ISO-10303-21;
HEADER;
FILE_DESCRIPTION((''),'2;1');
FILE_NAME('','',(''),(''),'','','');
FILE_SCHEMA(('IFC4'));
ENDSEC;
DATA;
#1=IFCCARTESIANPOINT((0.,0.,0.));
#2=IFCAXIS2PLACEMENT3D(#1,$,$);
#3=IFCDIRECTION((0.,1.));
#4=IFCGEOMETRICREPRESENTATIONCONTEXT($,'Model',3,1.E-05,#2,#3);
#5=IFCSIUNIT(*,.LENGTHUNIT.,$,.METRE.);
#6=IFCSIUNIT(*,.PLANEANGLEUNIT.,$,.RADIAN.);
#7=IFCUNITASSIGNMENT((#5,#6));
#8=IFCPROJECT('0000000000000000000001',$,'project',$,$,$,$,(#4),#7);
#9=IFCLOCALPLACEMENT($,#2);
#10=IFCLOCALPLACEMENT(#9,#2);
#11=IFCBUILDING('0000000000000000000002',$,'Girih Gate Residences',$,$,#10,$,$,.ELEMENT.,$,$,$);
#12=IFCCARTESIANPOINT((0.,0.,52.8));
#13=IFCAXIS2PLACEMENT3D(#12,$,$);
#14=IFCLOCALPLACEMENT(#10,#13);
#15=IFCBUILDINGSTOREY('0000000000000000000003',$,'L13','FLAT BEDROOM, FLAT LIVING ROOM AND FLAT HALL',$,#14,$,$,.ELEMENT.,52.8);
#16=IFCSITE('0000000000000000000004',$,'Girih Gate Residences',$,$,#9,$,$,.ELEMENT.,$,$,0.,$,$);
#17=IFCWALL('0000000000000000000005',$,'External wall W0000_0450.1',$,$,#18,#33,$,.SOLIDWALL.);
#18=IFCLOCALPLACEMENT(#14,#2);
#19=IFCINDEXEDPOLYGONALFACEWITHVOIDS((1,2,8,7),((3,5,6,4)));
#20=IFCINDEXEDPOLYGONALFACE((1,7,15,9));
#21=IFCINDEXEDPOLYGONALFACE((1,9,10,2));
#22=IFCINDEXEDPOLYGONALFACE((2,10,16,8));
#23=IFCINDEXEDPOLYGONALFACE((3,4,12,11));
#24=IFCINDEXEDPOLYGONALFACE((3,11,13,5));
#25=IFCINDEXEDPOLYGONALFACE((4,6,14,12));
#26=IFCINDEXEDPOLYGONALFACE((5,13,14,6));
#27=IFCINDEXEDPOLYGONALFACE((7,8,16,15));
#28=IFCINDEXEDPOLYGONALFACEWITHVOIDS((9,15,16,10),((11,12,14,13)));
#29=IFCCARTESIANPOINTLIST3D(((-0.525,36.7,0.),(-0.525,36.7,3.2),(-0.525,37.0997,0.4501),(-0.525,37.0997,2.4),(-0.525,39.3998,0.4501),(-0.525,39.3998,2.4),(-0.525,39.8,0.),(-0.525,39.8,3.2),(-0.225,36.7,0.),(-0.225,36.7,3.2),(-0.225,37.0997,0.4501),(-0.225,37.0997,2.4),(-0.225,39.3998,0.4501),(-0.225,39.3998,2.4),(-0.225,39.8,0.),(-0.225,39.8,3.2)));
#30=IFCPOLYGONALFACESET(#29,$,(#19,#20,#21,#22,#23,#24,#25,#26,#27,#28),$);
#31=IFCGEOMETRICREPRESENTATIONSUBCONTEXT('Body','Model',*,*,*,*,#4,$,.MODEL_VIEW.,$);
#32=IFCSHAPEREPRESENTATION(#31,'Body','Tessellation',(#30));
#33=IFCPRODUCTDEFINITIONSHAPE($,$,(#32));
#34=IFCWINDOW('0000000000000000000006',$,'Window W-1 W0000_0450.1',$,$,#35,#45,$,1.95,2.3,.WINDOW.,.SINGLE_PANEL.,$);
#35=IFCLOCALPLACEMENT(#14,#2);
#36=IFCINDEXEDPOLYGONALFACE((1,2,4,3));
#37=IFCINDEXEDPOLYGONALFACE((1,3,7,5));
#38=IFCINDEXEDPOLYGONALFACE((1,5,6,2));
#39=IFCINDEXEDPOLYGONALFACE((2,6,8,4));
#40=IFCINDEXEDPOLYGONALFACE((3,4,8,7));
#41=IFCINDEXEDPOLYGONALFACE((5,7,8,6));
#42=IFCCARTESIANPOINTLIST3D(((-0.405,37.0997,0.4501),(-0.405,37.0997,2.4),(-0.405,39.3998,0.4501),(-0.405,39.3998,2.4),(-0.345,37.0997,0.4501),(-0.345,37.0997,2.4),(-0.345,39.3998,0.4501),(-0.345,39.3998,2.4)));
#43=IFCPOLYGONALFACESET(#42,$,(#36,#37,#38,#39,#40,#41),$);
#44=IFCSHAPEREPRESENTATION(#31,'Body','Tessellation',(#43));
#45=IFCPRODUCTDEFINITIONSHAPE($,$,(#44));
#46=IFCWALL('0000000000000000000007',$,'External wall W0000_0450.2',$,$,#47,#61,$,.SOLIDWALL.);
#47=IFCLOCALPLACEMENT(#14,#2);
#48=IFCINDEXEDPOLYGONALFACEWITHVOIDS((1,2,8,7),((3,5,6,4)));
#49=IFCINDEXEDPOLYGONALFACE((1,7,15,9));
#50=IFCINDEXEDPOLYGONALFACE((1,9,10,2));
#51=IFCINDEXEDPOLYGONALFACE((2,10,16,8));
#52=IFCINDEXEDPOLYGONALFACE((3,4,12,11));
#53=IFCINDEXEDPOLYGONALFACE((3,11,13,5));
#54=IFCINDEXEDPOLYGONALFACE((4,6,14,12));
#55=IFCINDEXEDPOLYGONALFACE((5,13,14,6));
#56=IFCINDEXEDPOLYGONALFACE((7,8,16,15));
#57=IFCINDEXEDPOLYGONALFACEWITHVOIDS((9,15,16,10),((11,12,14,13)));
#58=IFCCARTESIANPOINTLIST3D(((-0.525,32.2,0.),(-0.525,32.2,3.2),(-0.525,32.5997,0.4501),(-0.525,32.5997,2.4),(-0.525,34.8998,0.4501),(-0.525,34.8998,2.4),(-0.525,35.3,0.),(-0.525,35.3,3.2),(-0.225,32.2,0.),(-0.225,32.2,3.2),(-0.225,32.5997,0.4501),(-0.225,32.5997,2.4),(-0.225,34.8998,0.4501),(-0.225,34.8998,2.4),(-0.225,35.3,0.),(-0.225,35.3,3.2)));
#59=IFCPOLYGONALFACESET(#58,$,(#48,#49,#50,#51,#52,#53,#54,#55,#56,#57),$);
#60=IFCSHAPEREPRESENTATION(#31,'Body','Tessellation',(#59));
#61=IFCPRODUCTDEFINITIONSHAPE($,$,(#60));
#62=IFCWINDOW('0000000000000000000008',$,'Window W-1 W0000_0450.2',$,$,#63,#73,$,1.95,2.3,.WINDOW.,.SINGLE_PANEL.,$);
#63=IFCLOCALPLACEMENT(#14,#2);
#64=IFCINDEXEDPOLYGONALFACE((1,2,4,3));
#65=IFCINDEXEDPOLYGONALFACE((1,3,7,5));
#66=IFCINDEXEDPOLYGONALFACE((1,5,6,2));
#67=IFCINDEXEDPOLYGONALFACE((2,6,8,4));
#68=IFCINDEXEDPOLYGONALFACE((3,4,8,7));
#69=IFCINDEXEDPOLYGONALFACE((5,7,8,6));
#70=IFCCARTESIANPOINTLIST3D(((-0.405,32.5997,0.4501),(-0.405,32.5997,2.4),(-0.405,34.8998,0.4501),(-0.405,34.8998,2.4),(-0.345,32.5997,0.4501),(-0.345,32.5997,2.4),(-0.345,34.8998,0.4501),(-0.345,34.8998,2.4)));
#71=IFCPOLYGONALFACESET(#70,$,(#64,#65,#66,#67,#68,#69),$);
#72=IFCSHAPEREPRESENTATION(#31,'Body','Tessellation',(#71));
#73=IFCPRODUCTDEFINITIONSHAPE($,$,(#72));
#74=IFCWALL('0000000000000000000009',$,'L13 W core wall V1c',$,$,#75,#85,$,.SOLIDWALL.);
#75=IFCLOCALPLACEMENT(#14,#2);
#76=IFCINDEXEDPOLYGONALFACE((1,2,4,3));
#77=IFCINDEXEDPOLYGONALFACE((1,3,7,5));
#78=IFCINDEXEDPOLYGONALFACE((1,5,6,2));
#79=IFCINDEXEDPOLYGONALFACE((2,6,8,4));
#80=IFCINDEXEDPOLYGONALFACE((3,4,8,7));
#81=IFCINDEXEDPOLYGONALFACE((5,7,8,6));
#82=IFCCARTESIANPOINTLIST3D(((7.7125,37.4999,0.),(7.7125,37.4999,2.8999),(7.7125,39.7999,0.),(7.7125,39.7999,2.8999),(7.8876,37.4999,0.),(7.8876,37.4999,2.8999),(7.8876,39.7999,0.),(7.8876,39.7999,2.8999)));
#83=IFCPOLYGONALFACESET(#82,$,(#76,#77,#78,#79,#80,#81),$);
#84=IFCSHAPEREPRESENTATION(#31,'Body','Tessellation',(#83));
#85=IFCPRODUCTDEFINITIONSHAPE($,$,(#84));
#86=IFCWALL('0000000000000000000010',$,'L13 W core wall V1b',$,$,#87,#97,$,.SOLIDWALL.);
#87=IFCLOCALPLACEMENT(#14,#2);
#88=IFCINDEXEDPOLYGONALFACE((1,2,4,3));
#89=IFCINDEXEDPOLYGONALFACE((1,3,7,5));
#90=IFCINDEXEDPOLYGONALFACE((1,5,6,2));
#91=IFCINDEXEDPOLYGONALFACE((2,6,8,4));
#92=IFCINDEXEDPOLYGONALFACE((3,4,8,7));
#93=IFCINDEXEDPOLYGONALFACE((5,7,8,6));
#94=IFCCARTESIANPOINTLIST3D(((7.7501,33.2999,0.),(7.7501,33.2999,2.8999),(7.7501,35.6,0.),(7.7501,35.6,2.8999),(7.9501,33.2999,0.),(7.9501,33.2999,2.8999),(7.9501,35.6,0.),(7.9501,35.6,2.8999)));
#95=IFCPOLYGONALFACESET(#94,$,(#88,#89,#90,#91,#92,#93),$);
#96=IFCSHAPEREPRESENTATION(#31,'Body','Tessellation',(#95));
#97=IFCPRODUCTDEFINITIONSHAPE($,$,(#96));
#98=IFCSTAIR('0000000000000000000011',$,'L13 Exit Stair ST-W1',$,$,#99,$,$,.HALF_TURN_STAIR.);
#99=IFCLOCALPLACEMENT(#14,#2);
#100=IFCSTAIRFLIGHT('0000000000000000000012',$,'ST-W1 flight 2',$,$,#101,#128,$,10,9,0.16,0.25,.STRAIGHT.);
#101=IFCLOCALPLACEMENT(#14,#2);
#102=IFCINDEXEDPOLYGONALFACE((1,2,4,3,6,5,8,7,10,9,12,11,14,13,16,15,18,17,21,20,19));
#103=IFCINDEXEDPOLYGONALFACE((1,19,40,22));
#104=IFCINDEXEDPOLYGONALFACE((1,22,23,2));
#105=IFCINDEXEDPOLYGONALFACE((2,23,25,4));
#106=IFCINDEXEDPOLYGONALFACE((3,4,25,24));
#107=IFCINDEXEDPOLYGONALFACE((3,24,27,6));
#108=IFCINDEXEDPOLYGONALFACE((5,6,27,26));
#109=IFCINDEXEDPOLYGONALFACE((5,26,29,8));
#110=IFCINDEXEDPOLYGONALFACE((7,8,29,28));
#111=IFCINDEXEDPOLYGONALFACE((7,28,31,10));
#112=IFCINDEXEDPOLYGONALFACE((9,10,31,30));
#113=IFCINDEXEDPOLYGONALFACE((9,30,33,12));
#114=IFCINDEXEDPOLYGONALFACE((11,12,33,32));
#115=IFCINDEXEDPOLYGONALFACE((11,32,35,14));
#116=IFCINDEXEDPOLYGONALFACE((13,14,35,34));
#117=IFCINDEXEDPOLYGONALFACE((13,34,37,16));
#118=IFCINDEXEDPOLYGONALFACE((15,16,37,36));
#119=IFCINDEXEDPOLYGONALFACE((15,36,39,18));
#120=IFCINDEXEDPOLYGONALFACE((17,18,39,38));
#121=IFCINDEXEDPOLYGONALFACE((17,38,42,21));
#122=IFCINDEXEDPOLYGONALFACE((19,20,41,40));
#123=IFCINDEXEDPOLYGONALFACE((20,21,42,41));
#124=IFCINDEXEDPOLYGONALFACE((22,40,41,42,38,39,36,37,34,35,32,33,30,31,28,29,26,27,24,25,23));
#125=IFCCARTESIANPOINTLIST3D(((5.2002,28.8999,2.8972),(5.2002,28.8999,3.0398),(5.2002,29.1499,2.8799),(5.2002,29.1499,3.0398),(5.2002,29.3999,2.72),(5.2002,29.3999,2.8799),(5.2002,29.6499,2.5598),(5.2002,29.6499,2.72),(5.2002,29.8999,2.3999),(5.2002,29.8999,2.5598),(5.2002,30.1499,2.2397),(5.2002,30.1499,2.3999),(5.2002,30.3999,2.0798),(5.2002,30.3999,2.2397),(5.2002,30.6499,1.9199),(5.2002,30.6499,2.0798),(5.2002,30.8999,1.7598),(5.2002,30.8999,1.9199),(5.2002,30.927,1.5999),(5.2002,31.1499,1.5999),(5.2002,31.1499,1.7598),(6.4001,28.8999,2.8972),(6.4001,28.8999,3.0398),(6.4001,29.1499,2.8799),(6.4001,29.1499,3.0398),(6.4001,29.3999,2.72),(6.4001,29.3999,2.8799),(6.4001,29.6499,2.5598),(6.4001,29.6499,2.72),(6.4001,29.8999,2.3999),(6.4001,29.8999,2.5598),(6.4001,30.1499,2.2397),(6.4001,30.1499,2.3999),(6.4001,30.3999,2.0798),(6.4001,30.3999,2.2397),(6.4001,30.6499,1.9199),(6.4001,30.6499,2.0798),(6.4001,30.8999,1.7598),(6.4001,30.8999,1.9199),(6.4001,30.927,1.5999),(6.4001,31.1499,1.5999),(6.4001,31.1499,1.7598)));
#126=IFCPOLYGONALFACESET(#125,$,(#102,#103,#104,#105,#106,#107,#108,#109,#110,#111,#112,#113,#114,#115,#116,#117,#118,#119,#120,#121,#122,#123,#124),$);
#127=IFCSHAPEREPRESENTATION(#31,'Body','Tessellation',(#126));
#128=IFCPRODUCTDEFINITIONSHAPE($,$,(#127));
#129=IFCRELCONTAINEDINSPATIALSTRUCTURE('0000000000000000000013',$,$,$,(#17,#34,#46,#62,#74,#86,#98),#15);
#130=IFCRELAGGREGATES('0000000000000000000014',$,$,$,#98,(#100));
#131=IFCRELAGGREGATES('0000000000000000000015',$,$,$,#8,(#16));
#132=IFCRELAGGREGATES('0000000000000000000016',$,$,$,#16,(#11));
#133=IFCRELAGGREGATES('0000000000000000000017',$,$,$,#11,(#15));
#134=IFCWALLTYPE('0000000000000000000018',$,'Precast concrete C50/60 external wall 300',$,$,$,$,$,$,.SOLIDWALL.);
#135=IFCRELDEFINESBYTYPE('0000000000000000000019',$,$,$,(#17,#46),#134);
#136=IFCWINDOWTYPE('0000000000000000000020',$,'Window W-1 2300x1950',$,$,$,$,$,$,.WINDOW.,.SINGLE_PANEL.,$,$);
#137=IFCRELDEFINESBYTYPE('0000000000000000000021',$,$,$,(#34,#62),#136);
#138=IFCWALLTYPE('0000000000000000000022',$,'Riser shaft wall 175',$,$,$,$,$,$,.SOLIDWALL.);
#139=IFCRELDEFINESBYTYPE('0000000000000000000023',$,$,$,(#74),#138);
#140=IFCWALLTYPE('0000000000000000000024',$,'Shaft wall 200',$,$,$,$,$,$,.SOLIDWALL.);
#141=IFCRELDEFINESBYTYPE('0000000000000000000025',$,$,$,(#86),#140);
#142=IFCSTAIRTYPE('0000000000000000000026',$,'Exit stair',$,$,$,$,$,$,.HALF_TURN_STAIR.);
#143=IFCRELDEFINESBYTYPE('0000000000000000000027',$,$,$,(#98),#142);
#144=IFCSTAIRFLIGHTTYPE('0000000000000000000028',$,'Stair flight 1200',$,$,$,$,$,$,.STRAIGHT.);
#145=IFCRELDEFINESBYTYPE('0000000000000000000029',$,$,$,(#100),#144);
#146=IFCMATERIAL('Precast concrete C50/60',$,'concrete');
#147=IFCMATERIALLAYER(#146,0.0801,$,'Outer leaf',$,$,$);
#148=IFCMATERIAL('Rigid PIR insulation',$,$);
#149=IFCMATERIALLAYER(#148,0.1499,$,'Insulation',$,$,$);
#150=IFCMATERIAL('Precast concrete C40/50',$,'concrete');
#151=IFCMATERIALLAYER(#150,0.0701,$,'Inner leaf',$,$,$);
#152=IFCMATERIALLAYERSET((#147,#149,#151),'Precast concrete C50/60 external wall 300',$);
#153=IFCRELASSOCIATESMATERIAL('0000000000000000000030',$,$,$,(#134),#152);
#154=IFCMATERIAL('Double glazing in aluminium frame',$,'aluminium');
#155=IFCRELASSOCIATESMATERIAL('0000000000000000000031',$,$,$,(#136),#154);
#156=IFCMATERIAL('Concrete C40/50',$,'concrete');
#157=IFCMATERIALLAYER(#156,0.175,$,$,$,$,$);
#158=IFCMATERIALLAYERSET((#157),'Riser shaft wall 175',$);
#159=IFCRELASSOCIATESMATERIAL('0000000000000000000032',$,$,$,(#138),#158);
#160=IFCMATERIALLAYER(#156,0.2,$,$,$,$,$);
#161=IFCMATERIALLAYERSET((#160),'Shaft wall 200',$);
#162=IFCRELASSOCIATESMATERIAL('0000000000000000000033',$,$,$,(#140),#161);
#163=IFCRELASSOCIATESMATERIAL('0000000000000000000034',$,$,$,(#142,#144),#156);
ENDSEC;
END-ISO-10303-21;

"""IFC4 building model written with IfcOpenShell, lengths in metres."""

from ifc_helpers import new_model, si_unit, direction, frame, frame_2d, origin, place, context, subcontext, project, spatial, polyline, rectangle, outline, extrude, material, layer, layer_set, type_object, element, fill, aggregate, save


model = new_model("IFC4")

# Units and contexts
model_context = context("Model", 3, precision=1e-05, world=origin(), true_north=direction((0.0, 1.0)))
body_context = subcontext(model_context, "Body", "Model", "MODEL_VIEW")
ifc_project = project(units=[si_unit("LENGTHUNIT", "METRE"), si_unit("PLANEANGLEUNIT", "RADIAN")], contexts=[model_context])

# Site, building, storey
site_placement = place(None, origin())
site = spatial("IfcSite", under=ifc_project, at=site_placement, Name="Girih Gate Residences", CompositionType="ELEMENT", RefElevation=0.0)
building_placement = place(site_placement, origin())
building = spatial("IfcBuilding", under=site, at=building_placement, Name="Girih Gate Residences", CompositionType="ELEMENT")
storey_placement = place(building_placement, frame((0.0, 0.0, 52.8)))
storey = spatial("IfcBuildingStorey", under=building, at=storey_placement, Name="L13", Description="FLAT BEDROOM, FLAT LIVING ROOM AND FLAT HALL", CompositionType="ELEMENT", Elevation=52.8)

# Shared definitions
ifc_material_1 = material(Name="Concrete C40/50", Category="concrete")

# Walls, openings, windows
ifc_material_2 = material(Name="Precast concrete C50/60", Category="concrete")
ifc_layer_1 = layer(ifc_material_2, 0.0801, Name="Outer leaf")
ifc_material_3 = material(Name="Rigid PIR insulation")
ifc_layer_2 = layer(ifc_material_3, 0.1499, Name="Insulation")
ifc_material_4 = material(Name="Precast concrete C40/50", Category="concrete")
ifc_layer_3 = layer(ifc_material_4, 0.0701, Name="Inner leaf")
ifc_layer_set_1 = layer_set([ifc_layer_1, ifc_layer_2, ifc_layer_3], Name="Precast concrete C50/60 external wall 300")
wall_type_1 = type_object("IfcWallType", Name="Precast concrete C50/60 external wall 300", PredefinedType="SOLIDWALL", material=ifc_layer_set_1)
wall_1_placement = place(storey_placement, frame((-0.375, 36.7, 0.0), z_axis=(0.0, 0.0, 1.0), x_axis=(0.0, 1.0, 0.0)))
wall_1 = element("IfcWall", 1, at=wall_1_placement, inside=storey, type_object=wall_type_1, Name="External wall W0000_0450.1", PredefinedType="SOLIDWALL", context=body_context, shape_type="SweptSolid", body=[
    extrude(rectangle(XDim=3.1001, YDim=0.3, at=frame_2d((1.55, 0.0))), origin(), (0.0, 0.0, 1.0), 3.2),
])
opening_1_placement = place(wall_1_placement, frame((0.3999, 0.0, 0.45)))
opening_1 = element("IfcOpeningElement", 2, at=opening_1_placement, cuts=wall_1, PredefinedType="OPENING", context=body_context, shape_type="SweptSolid", body=[
    extrude(rectangle(XDim=2.3, YDim=1.95, at=frame_2d((1.1499, 0.9751))), frame((0.0, 0.1599, 0.0), z_axis=(0.0, -1.0, 0.0), x_axis=(1.0, 0.0, 0.0)), (0.0, 0.0, 1.0), 0.3201),
])
ifc_material_5 = material(Name="Double glazing in aluminium frame", Category="aluminium")
window_type = type_object("IfcWindowType", Name="Window W-1 2300x1950", PartitioningType="SINGLE_PANEL", PredefinedType="WINDOW", material=ifc_material_5)
window_1_placement = place(opening_1_placement, origin())
window_1 = element("IfcWindow", 3, at=window_1_placement, inside=storey, type_object=window_type, Name="Window W-1 W0000_0450.1", OverallHeight=1.95, OverallWidth=2.3, PartitioningType="SINGLE_PANEL", PredefinedType="WINDOW", context=body_context, shape_type="SweptSolid", body=[
    extrude(rectangle(XDim=2.3, YDim=1.95, at=frame_2d((1.1499, 0.9751))), frame((0.0, 0.03, 0.0), z_axis=(0.0, -1.0, 0.0), x_axis=(1.0, 0.0, 0.0)), (0.0, 0.0, 1.0), 0.0601),
])
fill(opening_1, window_1)
wall_2_placement = place(storey_placement, frame((-0.375, 32.2, 0.0), z_axis=(0.0, 0.0, 1.0), x_axis=(0.0, 1.0, 0.0)))
wall_2 = element("IfcWall", 4, at=wall_2_placement, inside=storey, type_object=wall_type_1, Name="External wall W0000_0450.2", PredefinedType="SOLIDWALL", context=body_context, shape_type="SweptSolid", body=[
    extrude(rectangle(XDim=3.1001, YDim=0.3, at=frame_2d((1.55, 0.0))), origin(), (0.0, 0.0, 1.0), 3.2),
])
opening_2_placement = place(wall_2_placement, frame((0.3999, 0.0, 0.45)))
opening_2 = element("IfcOpeningElement", 5, at=opening_2_placement, cuts=wall_2, PredefinedType="OPENING", context=body_context, shape_type="SweptSolid", body=[
    extrude(rectangle(XDim=2.3, YDim=1.95, at=frame_2d((1.1499, 0.9751))), frame((0.0, 0.1599, 0.0), z_axis=(0.0, -1.0, 0.0), x_axis=(1.0, 0.0, 0.0)), (0.0, 0.0, 1.0), 0.3201),
])
window_2_placement = place(opening_2_placement, origin())
window_2 = element("IfcWindow", 6, at=window_2_placement, inside=storey, type_object=window_type, Name="Window W-1 W0000_0450.2", OverallHeight=1.95, OverallWidth=2.3, PartitioningType="SINGLE_PANEL", PredefinedType="WINDOW", context=body_context, shape_type="SweptSolid", body=[
    extrude(rectangle(XDim=2.3, YDim=1.95, at=frame_2d((1.1499, 0.9751))), frame((0.0, 0.03, 0.0), z_axis=(0.0, -1.0, 0.0), x_axis=(1.0, 0.0, 0.0)), (0.0, 0.0, 1.0), 0.0601),
])
fill(opening_2, window_2)

# Walls
ifc_layer_4 = layer(ifc_material_1, 0.175)
ifc_layer_set_2 = layer_set([ifc_layer_4], Name="Riser shaft wall 175")
wall_type_2 = type_object("IfcWallType", Name="Riser shaft wall 175", PredefinedType="SOLIDWALL", material=ifc_layer_set_2)
wall_3_placement = place(storey_placement, frame((7.8, 37.5, 0.0), z_axis=(0.0, 0.0, 1.0), x_axis=(0.0, 1.0, 0.0)))
element("IfcWall", 7, at=wall_3_placement, inside=storey, type_object=wall_type_2, Name="L13 W core wall V1c", PredefinedType="SOLIDWALL", context=body_context, shape_type="SweptSolid", body=[
    extrude(rectangle(XDim=2.3, YDim=0.175, at=frame_2d((1.1499, 0.0))), origin(), (0.0, 0.0, 1.0), 2.8999),
])
ifc_layer_5 = layer(ifc_material_1, 0.2)
ifc_layer_set_3 = layer_set([ifc_layer_5], Name="Shaft wall 200")
wall_type_3 = type_object("IfcWallType", Name="Shaft wall 200", PredefinedType="SOLIDWALL", material=ifc_layer_set_3)
wall_4_placement = place(storey_placement, frame((7.8501, 33.3, 0.0), z_axis=(0.0, 0.0, 1.0), x_axis=(0.0, 1.0, 0.0)))
element("IfcWall", 8, at=wall_4_placement, inside=storey, type_object=wall_type_3, Name="L13 W core wall V1b", PredefinedType="SOLIDWALL", context=body_context, shape_type="SweptSolid", body=[
    extrude(rectangle(XDim=2.3, YDim=0.2, at=frame_2d((1.1499, 0.0))), origin(), (0.0, 0.0, 1.0), 2.8999),
])

# Stair, stair flight
stair_type = type_object("IfcStairType", Name="Exit stair", PredefinedType="HALF_TURN_STAIR", material=ifc_material_1)
stair_placement = place(storey_placement, origin())
stair = element("IfcStair", 9, at=stair_placement, inside=storey, type_object=stair_type, Name="L13 Exit Stair ST-W1", PredefinedType="HALF_TURN_STAIR")
stair_flight_type = type_object("IfcStairFlightType", Name="Stair flight 1200", PredefinedType="STRAIGHT", material=ifc_material_1)
stair_flight_placement = place(storey_placement, frame((5.8, 31.1499, 1.5999), z_axis=(0.0, 0.0, 1.0), x_axis=(0.0, -1.0, 0.0)))
stair_flight = element("IfcStairFlight", 10, at=stair_flight_placement, type_object=stair_flight_type, Name="ST-W1 flight 2", NumberOfRisers=10, NumberOfTreads=9, PredefinedType="STRAIGHT", RiserHeight=0.16, TreadLength=0.25, context=body_context, shape_type="SweptSolid", body=[
    extrude(outline(polyline([(0.0, 0.0), (0.0, 0.1599), (0.25, 0.1599), (0.25, 0.3201), (0.5, 0.3201), (0.5, 0.48), (0.75, 0.48), (0.75, 0.6399), (1.0, 0.6399), (1.0, 0.8), (1.25, 0.8), (1.25, 0.96), (1.5, 0.96), (1.5, 1.1201), (1.75, 1.1201), (1.75, 1.28), (2.0, 1.28), (2.0, 1.4399), (2.25, 1.4399), (2.25, 1.6001), (2.25, 1.2974), (0.2229, 0.0), (0.0, 0.0)])), frame((0.0, 0.6001, 0.0), z_axis=(0.0, -1.0, 0.0), x_axis=(1.0, 0.0, 0.0)), (0.0, 0.0, 1.0), 1.2),
])
aggregate(stair, [stair_flight])

save(model, "model.ifc")
